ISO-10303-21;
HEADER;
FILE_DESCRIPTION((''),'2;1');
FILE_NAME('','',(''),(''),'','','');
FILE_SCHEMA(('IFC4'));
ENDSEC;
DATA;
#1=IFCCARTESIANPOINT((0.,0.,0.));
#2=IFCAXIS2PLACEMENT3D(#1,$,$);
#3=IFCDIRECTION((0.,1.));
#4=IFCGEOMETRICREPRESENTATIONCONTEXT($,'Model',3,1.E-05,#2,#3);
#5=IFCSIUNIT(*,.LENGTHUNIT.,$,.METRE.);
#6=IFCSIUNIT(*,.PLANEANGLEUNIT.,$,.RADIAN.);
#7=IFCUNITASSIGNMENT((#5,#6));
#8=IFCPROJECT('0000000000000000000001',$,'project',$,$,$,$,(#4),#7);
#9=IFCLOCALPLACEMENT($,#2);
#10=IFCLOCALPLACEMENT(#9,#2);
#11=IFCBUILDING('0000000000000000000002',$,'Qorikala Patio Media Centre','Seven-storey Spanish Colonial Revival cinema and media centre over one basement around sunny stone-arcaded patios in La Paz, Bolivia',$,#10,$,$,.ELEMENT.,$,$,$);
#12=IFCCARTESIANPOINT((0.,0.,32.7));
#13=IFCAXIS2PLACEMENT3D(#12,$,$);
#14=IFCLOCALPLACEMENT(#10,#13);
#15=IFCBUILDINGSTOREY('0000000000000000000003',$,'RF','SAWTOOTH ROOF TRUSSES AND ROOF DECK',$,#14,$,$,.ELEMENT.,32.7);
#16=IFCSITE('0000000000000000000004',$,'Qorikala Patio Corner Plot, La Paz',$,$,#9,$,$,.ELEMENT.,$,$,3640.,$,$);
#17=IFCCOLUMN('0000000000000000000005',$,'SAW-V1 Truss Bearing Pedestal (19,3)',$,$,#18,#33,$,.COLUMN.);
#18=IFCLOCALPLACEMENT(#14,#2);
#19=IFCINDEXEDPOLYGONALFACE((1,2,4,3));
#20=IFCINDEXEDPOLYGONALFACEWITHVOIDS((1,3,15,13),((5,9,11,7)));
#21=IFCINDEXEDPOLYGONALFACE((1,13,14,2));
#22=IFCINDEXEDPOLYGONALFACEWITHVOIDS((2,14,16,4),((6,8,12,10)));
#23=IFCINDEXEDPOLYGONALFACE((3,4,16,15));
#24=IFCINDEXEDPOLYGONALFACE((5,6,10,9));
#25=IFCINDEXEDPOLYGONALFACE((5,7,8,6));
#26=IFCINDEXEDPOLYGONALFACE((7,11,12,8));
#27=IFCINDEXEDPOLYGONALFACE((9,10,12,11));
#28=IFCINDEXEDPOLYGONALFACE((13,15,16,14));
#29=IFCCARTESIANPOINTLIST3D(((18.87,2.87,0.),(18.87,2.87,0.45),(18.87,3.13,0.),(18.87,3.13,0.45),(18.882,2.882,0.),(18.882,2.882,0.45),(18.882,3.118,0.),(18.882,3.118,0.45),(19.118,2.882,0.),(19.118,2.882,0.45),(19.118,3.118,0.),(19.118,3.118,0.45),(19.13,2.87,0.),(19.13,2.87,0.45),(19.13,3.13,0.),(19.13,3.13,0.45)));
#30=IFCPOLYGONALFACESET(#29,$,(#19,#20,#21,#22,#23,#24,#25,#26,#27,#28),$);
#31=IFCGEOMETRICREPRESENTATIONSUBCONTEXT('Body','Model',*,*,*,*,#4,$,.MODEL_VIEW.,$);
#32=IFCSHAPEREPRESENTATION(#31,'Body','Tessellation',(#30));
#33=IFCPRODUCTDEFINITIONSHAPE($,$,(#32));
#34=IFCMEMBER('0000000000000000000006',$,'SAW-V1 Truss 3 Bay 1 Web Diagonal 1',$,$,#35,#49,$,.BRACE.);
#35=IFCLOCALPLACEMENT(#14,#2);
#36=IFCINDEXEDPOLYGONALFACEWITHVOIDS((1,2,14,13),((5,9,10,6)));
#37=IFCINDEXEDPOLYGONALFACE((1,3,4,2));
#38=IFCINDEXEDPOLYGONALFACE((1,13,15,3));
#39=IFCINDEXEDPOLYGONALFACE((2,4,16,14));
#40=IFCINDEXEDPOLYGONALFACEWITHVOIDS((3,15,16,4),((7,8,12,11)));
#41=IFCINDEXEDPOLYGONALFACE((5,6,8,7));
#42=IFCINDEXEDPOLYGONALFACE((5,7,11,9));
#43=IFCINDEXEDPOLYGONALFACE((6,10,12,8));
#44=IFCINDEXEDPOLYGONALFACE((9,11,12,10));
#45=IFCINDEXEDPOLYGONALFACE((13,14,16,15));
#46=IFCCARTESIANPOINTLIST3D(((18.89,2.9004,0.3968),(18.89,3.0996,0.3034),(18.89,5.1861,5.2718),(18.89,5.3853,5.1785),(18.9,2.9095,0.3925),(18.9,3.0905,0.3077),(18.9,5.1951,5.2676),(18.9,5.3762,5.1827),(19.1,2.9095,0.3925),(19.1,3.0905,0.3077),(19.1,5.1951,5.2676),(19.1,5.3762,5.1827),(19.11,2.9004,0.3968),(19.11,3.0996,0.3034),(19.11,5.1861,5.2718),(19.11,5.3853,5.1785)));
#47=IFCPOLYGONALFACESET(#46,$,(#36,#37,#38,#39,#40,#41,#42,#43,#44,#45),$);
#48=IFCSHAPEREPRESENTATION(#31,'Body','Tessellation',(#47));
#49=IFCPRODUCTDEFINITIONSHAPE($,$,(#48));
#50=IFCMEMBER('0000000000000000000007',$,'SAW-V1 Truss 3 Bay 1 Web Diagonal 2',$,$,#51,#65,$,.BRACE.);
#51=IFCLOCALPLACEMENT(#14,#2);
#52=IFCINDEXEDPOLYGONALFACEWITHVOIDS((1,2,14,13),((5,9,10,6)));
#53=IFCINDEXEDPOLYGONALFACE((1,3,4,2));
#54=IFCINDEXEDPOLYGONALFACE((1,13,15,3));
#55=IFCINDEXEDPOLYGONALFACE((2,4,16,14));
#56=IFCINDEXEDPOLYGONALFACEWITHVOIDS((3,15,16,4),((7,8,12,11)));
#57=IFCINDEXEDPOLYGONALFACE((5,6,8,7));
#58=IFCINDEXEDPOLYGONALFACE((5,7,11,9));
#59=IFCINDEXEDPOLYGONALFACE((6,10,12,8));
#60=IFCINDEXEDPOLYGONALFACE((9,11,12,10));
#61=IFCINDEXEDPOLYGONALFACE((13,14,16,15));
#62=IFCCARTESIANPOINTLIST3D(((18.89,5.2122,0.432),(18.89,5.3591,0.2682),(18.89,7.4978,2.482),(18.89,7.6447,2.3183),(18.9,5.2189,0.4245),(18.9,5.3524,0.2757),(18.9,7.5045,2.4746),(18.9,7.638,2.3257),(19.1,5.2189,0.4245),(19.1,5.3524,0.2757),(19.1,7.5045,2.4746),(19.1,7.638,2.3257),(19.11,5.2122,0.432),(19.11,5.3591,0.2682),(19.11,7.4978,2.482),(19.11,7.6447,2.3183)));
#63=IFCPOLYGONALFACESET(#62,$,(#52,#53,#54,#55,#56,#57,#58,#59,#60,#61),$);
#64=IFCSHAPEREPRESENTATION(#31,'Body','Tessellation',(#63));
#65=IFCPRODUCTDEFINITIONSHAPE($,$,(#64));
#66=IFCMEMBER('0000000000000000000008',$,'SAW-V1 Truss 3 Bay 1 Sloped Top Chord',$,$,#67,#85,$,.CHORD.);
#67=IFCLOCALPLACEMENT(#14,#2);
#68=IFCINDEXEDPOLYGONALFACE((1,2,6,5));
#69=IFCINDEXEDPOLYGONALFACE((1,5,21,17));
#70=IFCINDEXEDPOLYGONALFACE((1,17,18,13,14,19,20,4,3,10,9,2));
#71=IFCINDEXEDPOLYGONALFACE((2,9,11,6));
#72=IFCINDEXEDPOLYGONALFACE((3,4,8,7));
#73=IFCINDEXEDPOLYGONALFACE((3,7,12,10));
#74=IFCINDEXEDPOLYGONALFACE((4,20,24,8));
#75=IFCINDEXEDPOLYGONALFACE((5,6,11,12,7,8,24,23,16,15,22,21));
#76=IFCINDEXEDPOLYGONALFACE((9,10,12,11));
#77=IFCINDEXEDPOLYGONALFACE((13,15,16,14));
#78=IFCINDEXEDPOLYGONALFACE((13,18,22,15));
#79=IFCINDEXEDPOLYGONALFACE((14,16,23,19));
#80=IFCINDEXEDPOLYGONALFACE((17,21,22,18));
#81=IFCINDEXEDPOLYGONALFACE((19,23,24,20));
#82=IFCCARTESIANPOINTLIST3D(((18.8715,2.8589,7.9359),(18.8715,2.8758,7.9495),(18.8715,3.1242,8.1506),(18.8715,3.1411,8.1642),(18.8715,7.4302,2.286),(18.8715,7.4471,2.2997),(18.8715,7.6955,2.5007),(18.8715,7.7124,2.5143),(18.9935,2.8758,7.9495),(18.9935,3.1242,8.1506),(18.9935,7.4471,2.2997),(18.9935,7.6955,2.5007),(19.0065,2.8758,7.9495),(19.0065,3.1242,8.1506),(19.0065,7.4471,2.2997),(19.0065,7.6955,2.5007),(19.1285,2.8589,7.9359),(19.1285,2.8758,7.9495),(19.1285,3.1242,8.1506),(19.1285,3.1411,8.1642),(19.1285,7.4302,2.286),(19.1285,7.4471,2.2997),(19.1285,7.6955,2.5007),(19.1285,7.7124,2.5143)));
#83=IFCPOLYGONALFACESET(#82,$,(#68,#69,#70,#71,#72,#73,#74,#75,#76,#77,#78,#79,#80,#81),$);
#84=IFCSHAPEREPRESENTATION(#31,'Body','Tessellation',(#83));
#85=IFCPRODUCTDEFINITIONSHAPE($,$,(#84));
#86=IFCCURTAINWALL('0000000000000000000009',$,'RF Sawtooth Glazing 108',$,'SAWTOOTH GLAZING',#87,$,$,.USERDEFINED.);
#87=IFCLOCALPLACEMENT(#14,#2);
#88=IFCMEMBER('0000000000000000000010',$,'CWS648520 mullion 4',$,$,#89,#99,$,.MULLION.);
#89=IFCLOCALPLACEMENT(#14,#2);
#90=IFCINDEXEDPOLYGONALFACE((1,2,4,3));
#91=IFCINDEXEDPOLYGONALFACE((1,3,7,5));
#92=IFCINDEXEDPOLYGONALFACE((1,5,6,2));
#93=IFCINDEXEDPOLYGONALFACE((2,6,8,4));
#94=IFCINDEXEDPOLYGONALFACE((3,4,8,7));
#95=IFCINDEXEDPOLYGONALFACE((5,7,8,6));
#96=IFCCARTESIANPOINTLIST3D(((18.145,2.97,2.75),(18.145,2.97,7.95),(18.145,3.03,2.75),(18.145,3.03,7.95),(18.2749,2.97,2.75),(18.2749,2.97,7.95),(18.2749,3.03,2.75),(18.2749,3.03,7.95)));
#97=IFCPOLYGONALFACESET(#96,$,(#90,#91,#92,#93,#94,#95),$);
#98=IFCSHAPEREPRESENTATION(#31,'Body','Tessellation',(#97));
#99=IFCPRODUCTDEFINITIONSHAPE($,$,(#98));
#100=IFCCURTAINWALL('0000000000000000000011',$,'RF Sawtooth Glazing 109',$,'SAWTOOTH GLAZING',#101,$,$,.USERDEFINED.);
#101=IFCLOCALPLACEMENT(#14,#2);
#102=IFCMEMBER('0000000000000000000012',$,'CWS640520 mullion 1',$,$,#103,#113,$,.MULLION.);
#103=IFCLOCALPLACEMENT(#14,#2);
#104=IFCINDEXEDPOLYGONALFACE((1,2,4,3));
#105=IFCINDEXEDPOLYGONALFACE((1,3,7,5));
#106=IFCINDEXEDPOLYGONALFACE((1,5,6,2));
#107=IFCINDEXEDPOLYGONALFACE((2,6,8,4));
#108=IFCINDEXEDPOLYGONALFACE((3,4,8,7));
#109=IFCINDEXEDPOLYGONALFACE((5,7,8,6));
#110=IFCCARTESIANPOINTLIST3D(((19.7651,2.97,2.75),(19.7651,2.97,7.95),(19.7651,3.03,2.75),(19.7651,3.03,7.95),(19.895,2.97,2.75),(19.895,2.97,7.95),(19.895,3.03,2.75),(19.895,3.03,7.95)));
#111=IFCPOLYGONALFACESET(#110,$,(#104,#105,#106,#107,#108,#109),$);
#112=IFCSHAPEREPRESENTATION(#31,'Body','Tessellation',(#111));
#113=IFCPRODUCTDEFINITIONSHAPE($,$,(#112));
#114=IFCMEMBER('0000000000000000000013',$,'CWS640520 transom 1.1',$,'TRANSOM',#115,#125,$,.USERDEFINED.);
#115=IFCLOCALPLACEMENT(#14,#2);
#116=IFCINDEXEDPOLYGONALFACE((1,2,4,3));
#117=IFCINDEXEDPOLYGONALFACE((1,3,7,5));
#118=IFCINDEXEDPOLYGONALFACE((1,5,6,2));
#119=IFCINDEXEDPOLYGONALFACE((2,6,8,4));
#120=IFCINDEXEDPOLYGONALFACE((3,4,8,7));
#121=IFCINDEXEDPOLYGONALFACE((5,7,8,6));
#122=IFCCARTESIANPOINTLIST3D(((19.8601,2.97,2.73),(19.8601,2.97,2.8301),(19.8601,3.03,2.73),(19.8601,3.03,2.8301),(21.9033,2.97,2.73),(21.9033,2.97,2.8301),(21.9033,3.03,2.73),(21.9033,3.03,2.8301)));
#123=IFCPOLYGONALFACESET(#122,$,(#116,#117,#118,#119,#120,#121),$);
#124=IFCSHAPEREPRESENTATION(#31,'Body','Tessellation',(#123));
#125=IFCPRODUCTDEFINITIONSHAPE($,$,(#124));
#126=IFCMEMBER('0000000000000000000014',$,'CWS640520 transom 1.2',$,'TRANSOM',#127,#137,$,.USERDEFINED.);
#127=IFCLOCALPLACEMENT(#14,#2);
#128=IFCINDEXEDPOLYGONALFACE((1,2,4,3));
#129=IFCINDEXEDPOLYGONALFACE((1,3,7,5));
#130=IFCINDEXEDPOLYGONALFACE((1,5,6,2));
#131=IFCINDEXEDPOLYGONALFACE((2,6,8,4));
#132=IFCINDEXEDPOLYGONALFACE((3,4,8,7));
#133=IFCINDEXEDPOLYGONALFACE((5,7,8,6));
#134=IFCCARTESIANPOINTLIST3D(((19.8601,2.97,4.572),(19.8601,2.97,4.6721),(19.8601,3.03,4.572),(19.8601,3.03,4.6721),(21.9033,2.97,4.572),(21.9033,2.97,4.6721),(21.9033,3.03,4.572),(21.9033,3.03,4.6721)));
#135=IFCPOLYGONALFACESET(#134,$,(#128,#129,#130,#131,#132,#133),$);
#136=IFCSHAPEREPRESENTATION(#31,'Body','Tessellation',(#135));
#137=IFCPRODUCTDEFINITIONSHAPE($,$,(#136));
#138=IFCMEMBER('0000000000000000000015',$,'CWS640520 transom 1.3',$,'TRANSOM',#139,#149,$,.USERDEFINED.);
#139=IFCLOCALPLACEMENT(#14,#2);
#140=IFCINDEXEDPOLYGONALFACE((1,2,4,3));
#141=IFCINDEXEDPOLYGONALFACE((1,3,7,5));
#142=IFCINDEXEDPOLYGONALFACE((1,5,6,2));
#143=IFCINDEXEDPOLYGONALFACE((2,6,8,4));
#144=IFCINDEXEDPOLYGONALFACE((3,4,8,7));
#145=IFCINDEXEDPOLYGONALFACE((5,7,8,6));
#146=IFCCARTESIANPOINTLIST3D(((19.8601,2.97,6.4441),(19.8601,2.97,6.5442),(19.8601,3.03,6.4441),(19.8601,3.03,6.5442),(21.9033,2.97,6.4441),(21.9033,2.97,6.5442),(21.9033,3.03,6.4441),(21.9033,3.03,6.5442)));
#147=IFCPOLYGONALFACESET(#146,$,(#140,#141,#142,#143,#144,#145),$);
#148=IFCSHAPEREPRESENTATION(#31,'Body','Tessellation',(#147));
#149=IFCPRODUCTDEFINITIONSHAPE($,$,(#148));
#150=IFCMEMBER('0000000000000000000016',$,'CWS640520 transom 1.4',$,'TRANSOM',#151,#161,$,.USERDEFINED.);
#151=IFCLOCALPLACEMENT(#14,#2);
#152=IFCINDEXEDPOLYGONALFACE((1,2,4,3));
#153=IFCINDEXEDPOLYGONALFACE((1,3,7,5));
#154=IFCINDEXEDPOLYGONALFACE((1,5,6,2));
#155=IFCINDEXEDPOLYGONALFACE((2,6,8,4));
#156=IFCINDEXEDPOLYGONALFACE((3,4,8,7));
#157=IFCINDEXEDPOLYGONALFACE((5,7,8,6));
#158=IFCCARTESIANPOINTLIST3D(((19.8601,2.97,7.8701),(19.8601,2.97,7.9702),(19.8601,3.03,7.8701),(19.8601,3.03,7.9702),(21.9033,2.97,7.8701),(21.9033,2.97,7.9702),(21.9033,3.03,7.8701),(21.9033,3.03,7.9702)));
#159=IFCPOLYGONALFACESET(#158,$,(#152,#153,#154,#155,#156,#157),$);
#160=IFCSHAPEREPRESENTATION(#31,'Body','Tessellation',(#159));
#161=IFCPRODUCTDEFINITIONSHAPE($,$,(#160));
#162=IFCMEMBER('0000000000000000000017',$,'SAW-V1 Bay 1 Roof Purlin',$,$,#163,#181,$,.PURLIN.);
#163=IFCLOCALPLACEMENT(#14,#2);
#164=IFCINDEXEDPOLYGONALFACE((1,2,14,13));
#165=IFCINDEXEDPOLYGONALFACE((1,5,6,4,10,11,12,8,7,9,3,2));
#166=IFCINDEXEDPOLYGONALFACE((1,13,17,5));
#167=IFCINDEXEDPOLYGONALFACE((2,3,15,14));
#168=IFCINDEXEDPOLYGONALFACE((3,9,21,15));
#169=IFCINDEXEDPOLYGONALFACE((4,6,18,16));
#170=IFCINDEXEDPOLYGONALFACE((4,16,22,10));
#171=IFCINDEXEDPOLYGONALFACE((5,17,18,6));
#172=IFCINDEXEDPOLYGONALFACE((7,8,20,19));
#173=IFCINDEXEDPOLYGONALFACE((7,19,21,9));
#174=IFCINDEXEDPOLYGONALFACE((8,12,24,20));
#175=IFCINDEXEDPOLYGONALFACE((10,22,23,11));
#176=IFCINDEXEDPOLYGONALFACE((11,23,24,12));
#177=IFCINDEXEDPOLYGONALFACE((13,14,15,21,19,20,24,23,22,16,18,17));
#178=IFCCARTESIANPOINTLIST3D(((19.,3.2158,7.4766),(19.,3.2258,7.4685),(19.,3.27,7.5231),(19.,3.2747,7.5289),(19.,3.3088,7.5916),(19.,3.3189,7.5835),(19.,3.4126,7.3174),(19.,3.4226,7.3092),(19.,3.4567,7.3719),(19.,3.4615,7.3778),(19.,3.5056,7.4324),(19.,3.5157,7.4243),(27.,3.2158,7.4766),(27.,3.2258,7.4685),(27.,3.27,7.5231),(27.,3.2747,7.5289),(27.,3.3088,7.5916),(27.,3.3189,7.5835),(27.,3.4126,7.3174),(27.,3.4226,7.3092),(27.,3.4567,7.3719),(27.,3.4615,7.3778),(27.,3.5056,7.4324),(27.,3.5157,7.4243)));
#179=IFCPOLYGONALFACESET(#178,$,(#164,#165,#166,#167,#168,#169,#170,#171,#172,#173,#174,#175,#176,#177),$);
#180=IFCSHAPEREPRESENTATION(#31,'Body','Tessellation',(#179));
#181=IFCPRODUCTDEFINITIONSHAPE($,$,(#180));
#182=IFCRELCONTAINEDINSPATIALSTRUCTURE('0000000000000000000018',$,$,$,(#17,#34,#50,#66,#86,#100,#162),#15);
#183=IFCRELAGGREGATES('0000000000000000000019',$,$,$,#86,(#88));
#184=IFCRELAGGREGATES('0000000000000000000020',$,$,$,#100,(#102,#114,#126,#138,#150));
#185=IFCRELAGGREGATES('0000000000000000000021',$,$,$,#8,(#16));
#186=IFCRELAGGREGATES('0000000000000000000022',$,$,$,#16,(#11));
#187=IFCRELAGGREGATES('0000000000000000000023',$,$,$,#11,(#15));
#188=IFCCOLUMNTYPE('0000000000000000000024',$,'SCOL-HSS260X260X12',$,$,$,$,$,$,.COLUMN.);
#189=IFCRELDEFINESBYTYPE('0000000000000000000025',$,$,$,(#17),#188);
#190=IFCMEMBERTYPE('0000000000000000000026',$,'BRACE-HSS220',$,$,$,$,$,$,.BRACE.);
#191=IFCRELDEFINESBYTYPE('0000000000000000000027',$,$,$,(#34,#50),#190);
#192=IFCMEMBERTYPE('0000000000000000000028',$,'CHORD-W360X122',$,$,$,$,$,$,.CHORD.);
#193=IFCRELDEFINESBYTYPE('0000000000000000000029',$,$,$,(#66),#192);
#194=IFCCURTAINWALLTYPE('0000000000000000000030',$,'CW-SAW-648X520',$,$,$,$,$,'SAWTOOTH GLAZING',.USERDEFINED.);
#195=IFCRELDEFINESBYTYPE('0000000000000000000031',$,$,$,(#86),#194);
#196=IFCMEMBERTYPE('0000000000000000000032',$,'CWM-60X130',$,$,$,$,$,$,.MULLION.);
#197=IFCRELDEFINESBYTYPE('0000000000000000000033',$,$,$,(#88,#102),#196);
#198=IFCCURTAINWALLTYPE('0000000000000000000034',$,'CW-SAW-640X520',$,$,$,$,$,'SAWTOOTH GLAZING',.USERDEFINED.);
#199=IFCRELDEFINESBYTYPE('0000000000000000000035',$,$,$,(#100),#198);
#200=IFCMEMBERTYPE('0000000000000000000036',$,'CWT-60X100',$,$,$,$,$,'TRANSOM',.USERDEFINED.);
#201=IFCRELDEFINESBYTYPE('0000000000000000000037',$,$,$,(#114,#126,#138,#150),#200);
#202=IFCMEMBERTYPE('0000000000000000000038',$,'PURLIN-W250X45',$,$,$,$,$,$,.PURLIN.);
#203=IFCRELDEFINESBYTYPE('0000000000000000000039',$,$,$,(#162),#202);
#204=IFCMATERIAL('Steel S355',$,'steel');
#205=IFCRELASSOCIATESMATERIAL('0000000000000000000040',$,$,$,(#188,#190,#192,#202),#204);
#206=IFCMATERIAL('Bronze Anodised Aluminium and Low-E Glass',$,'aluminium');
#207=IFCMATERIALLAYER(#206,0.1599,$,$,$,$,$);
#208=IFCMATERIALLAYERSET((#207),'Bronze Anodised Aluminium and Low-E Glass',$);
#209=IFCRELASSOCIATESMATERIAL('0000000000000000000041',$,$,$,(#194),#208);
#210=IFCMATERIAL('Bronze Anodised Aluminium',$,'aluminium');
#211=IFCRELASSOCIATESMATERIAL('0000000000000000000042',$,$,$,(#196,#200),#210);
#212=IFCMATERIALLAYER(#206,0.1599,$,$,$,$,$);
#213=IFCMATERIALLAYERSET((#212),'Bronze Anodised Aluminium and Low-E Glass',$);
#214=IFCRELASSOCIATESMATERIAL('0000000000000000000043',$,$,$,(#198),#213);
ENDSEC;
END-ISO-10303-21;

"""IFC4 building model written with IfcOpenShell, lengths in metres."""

from ifc_helpers import new_model, si_unit, direction, frame, origin, origin_2d, place, context, subcontext, project, spatial, rectangle, hollow_rectangle, i_section, extrude, material, layer, layer_set, material_profile, profile_set, type_object, element, aggregate, save


model = new_model("IFC4")

# Units and contexts
model_context = context("Model", 3, precision=1e-05, world=origin(), true_north=direction((0.0, 1.0)))
body_context = subcontext(model_context, "Body", "Model", "MODEL_VIEW")
ifc_project = project(units=[si_unit("LENGTHUNIT", "METRE"), si_unit("PLANEANGLEUNIT", "RADIAN")], contexts=[model_context])

# Site, building, storey
site_placement = place(None, origin())
site = spatial("IfcSite", under=ifc_project, at=site_placement, Name="Qorikala Patio Corner Plot, La Paz", CompositionType="ELEMENT", RefElevation=3640.0)
building_placement = place(site_placement, origin())
building = spatial("IfcBuilding", under=site, at=building_placement, Name="Qorikala Patio Media Centre", Description="Seven-storey Spanish Colonial Revival cinema and media centre over one basement around sunny stone-arcaded patios in La Paz, Bolivia", CompositionType="ELEMENT")
storey_placement = place(building_placement, frame((0.0, 0.0, 32.7)))
storey = spatial("IfcBuildingStorey", under=building, at=storey_placement, Name="RF", Description="SAWTOOTH ROOF TRUSSES AND ROOF DECK", CompositionType="ELEMENT", Elevation=32.7)

# Column
ifc_material_1 = material(Name="Steel S355", Category="steel")
ifc_material_profile_1 = material_profile(ifc_material_1, hollow_rectangle(XDim=0.26, YDim=0.26, WallThickness=0.012, at=origin_2d()), Name="HSS260X260X12")
ifc_profile_set_1 = profile_set([ifc_material_profile_1], Name="Steel S355")
column_type = type_object("IfcColumnType", Name="SCOL-HSS260X260X12", PredefinedType="COLUMN", material=ifc_profile_set_1)
column_placement = place(storey_placement, frame((19.0, 3.0, 0.0), z_axis=(0.0, 0.0, 1.0), x_axis=(1.0, 0.0, 0.0)))
element("IfcColumn", 1, at=column_placement, inside=storey, type_object=column_type, Name="SAW-V1 Truss Bearing Pedestal (19,3)", PredefinedType="COLUMN", context=body_context, shape_type="SweptSolid", body=[
    extrude(hollow_rectangle(XDim=0.26, YDim=0.26, WallThickness=0.012, at=origin_2d()), origin(), (0.0, 0.0, 1.0), 0.45),
])

# Members
ifc_material_profile_2 = material_profile(ifc_material_1, hollow_rectangle(XDim=0.22, YDim=0.22, WallThickness=0.01, at=origin_2d()), Name="HSS220X220X10")
ifc_profile_set_2 = profile_set([ifc_material_profile_2], Name="Steel S355")
member_type_1 = type_object("IfcMemberType", Name="BRACE-HSS220", PredefinedType="BRACE", material=ifc_profile_set_2)
member_1_placement = place(storey_placement, frame((19.0, 3.0, 0.3501), z_axis=(0.0, 0.424508, 0.905424), x_axis=(-1.0, 0.0, 0.0)))
element("IfcMember", 2, at=member_1_placement, inside=storey, type_object=member_type_1, Name="SAW-V1 Truss 3 Bay 1 Web Diagonal 1", PredefinedType="BRACE", context=body_context, shape_type="SweptSolid", body=[
    extrude(hollow_rectangle(XDim=0.22, YDim=0.22, WallThickness=0.01, at=origin_2d()), origin(), (0.0, 0.0, 1.0), 5.3843),
])
member_2_placement = place(storey_placement, frame((19.0, 5.2856, 0.3501), z_axis=(0.0, 0.744432, 0.667699), x_axis=(-1.0, 0.0, 0.0)))
element("IfcMember", 3, at=member_2_placement, inside=storey, type_object=member_type_1, Name="SAW-V1 Truss 3 Bay 1 Web Diagonal 2", PredefinedType="BRACE", context=body_context, shape_type="SweptSolid", body=[
    extrude(hollow_rectangle(XDim=0.22, YDim=0.22, WallThickness=0.01, at=origin_2d()), origin(), (0.0, 0.0, 1.0), 3.0703),
])
ifc_material_profile_3 = material_profile(ifc_material_1, i_section(OverallWidth=0.2571, OverallDepth=0.363, WebThickness=0.0129, FlangeThickness=0.0217, at=origin_2d()), Name="W360X122")
ifc_profile_set_3 = profile_set([ifc_material_profile_3], Name="Steel S355")
member_type_2 = type_object("IfcMemberType", Name="CHORD-W360X122", PredefinedType="CHORD", material=ifc_profile_set_3)
member_3_placement = place(storey_placement, frame((19.0, 3.0, 8.05), z_axis=(0.0, 0.628995, -0.777409), x_axis=(-1.0, 0.0, 0.0)))
element("IfcMember", 4, at=member_3_placement, inside=storey, type_object=member_type_2, Name="SAW-V1 Truss 3 Bay 1 Sloped Top Chord", PredefinedType="CHORD", context=body_context, shape_type="SweptSolid", body=[
    extrude(i_section(OverallWidth=0.2571, OverallDepth=0.363, WebThickness=0.0129, FlangeThickness=0.0217, at=origin_2d()), origin(), (0.0, 0.0, 1.0), 7.2676),
])

# Curtain wall, member
ifc_material_2 = material(Name="Bronze Anodised Aluminium and Low-E Glass", Category="aluminium")
ifc_layer_1 = layer(ifc_material_2, 0.1599)
ifc_layer_set_1 = layer_set([ifc_layer_1], Name="Bronze Anodised Aluminium and Low-E Glass")
curtain_wall_type_1 = type_object("IfcCurtainWallType", Name="CW-SAW-648X520", ElementType="SAWTOOTH GLAZING", PredefinedType="USERDEFINED", material=ifc_layer_set_1)
curtain_wall_1_placement = place(storey_placement, origin())
curtain_wall_1 = element("IfcCurtainWall", 5, at=curtain_wall_1_placement, inside=storey, type_object=curtain_wall_type_1, Name="RF Sawtooth Glazing 108", ObjectType="SAWTOOTH GLAZING", PredefinedType="USERDEFINED")
ifc_material_3 = material(Name="Bronze Anodised Aluminium", Category="aluminium")
ifc_material_profile_4 = material_profile(ifc_material_3, rectangle(XDim=0.0601, YDim=0.1299, at=origin_2d()), Name="ALU MULLION 60x130")
ifc_profile_set_4 = profile_set([ifc_material_profile_4], Name="Bronze Anodised Aluminium")
member_type_3 = type_object("IfcMemberType", Name="CWM-60X130", PredefinedType="MULLION", material=ifc_profile_set_4)
member_4_placement = place(storey_placement, frame((18.21, 3.0, 2.75), z_axis=(0.0, 0.0, 1.0), x_axis=(0.0, 1.0, 0.0)))
member_4 = element("IfcMember", 6, at=member_4_placement, type_object=member_type_3, Name="CWS648520 mullion 4", PredefinedType="MULLION", context=body_context, shape_type="SweptSolid", body=[
    extrude(rectangle(XDim=0.0601, YDim=0.1299, at=origin_2d()), origin(), (0.0, 0.0, 1.0), 5.2),
])
aggregate(curtain_wall_1, [member_4])

# Curtain wall, members
ifc_layer_2 = layer(ifc_material_2, 0.1599)
ifc_layer_set_2 = layer_set([ifc_layer_2], Name="Bronze Anodised Aluminium and Low-E Glass")
curtain_wall_type_2 = type_object("IfcCurtainWallType", Name="CW-SAW-640X520", ElementType="SAWTOOTH GLAZING", PredefinedType="USERDEFINED", material=ifc_layer_set_2)
curtain_wall_2_placement = place(storey_placement, origin())
curtain_wall_2 = element("IfcCurtainWall", 7, at=curtain_wall_2_placement, inside=storey, type_object=curtain_wall_type_2, Name="RF Sawtooth Glazing 109", ObjectType="SAWTOOTH GLAZING", PredefinedType="USERDEFINED")
member_5_placement = place(storey_placement, frame((19.8301, 3.0, 2.75), z_axis=(0.0, 0.0, 1.0), x_axis=(0.0, 1.0, 0.0)))
member_5 = element("IfcMember", 8, at=member_5_placement, type_object=member_type_3, Name="CWS640520 mullion 1", PredefinedType="MULLION", context=body_context, shape_type="SweptSolid", body=[
    extrude(rectangle(XDim=0.0601, YDim=0.1299, at=origin_2d()), origin(), (0.0, 0.0, 1.0), 5.2),
])
ifc_material_profile_5 = material_profile(ifc_material_3, rectangle(XDim=0.0601, YDim=0.1001, at=origin_2d()), Name="ALU TRANSOM 60x100")
ifc_profile_set_5 = profile_set([ifc_material_profile_5], Name="Bronze Anodised Aluminium")
member_type_4 = type_object("IfcMemberType", Name="CWT-60X100", ElementType="TRANSOM", PredefinedType="USERDEFINED", material=ifc_profile_set_5)
member_6_placement = place(storey_placement, frame((19.8601, 3.0, 2.78), z_axis=(1.0, 0.0, 0.0), x_axis=(0.0, 1.0, 0.0)))
member_6 = element("IfcMember", 9, at=member_6_placement, type_object=member_type_4, Name="CWS640520 transom 1.1", ObjectType="TRANSOM", PredefinedType="USERDEFINED", context=body_context, shape_type="SweptSolid", body=[
    extrude(rectangle(XDim=0.0601, YDim=0.1001, at=origin_2d()), origin(), (0.0, 0.0, 1.0), 2.0432),
])
member_7_placement = place(storey_placement, frame((19.8601, 3.0, 4.6221), z_axis=(1.0, 0.0, 0.0), x_axis=(0.0, 1.0, 0.0)))
member_7 = element("IfcMember", 10, at=member_7_placement, type_object=member_type_4, Name="CWS640520 transom 1.2", ObjectType="TRANSOM", PredefinedType="USERDEFINED", context=body_context, shape_type="SweptSolid", body=[
    extrude(rectangle(XDim=0.0601, YDim=0.1001, at=origin_2d()), origin(), (0.0, 0.0, 1.0), 2.0432),
])
member_8_placement = place(storey_placement, frame((19.8601, 3.0, 6.4941), z_axis=(1.0, 0.0, 0.0), x_axis=(0.0, 1.0, 0.0)))
member_8 = element("IfcMember", 11, at=member_8_placement, type_object=member_type_4, Name="CWS640520 transom 1.3", ObjectType="TRANSOM", PredefinedType="USERDEFINED", context=body_context, shape_type="SweptSolid", body=[
    extrude(rectangle(XDim=0.0601, YDim=0.1001, at=origin_2d()), origin(), (0.0, 0.0, 1.0), 2.0432),
])
member_9_placement = place(storey_placement, frame((19.8601, 3.0, 7.9202), z_axis=(1.0, 0.0, 0.0), x_axis=(0.0, 1.0, 0.0)))
member_9 = element("IfcMember", 12, at=member_9_placement, type_object=member_type_4, Name="CWS640520 transom 1.4", ObjectType="TRANSOM", PredefinedType="USERDEFINED", context=body_context, shape_type="SweptSolid", body=[
    extrude(rectangle(XDim=0.0601, YDim=0.1001, at=origin_2d()), origin(), (0.0, 0.0, 1.0), 2.0432),
])

# Member
ifc_material_profile_6 = material_profile(ifc_material_1, i_section(OverallWidth=0.1479, OverallDepth=0.2661, WebThickness=0.0076, FlangeThickness=0.0129, at=origin_2d()), Name="W250X45")
ifc_profile_set_6 = profile_set([ifc_material_profile_6], Name="Steel S355")
member_type_5 = type_object("IfcMemberType", Name="PURLIN-W250X45", PredefinedType="PURLIN", material=ifc_profile_set_6)
for number, where, z_axis, x_axis, name in (
    (13, (19.0, 3.3657, 7.4504), (1.0, 0.0, 0.0), (0.0, 0.628995, 0.77741), "SAW-V1 Bay 1 Roof Purlin"),
):
    element("IfcMember", number, at=place(storey_placement, frame(where, z_axis=z_axis, x_axis=x_axis)), inside=storey, type_object=member_type_5, Name=name, PredefinedType="PURLIN", context=body_context, shape_type="SweptSolid", body=[
        extrude(i_section(OverallWidth=0.1479, OverallDepth=0.2661, WebThickness=0.0076, FlangeThickness=0.0129, at=origin_2d()), origin(), (0.0, 0.0, 1.0), 8.0),
    ])

aggregate(curtain_wall_2, [member_5, member_6, member_7, member_8, member_9])

save(model, "model.ifc")
